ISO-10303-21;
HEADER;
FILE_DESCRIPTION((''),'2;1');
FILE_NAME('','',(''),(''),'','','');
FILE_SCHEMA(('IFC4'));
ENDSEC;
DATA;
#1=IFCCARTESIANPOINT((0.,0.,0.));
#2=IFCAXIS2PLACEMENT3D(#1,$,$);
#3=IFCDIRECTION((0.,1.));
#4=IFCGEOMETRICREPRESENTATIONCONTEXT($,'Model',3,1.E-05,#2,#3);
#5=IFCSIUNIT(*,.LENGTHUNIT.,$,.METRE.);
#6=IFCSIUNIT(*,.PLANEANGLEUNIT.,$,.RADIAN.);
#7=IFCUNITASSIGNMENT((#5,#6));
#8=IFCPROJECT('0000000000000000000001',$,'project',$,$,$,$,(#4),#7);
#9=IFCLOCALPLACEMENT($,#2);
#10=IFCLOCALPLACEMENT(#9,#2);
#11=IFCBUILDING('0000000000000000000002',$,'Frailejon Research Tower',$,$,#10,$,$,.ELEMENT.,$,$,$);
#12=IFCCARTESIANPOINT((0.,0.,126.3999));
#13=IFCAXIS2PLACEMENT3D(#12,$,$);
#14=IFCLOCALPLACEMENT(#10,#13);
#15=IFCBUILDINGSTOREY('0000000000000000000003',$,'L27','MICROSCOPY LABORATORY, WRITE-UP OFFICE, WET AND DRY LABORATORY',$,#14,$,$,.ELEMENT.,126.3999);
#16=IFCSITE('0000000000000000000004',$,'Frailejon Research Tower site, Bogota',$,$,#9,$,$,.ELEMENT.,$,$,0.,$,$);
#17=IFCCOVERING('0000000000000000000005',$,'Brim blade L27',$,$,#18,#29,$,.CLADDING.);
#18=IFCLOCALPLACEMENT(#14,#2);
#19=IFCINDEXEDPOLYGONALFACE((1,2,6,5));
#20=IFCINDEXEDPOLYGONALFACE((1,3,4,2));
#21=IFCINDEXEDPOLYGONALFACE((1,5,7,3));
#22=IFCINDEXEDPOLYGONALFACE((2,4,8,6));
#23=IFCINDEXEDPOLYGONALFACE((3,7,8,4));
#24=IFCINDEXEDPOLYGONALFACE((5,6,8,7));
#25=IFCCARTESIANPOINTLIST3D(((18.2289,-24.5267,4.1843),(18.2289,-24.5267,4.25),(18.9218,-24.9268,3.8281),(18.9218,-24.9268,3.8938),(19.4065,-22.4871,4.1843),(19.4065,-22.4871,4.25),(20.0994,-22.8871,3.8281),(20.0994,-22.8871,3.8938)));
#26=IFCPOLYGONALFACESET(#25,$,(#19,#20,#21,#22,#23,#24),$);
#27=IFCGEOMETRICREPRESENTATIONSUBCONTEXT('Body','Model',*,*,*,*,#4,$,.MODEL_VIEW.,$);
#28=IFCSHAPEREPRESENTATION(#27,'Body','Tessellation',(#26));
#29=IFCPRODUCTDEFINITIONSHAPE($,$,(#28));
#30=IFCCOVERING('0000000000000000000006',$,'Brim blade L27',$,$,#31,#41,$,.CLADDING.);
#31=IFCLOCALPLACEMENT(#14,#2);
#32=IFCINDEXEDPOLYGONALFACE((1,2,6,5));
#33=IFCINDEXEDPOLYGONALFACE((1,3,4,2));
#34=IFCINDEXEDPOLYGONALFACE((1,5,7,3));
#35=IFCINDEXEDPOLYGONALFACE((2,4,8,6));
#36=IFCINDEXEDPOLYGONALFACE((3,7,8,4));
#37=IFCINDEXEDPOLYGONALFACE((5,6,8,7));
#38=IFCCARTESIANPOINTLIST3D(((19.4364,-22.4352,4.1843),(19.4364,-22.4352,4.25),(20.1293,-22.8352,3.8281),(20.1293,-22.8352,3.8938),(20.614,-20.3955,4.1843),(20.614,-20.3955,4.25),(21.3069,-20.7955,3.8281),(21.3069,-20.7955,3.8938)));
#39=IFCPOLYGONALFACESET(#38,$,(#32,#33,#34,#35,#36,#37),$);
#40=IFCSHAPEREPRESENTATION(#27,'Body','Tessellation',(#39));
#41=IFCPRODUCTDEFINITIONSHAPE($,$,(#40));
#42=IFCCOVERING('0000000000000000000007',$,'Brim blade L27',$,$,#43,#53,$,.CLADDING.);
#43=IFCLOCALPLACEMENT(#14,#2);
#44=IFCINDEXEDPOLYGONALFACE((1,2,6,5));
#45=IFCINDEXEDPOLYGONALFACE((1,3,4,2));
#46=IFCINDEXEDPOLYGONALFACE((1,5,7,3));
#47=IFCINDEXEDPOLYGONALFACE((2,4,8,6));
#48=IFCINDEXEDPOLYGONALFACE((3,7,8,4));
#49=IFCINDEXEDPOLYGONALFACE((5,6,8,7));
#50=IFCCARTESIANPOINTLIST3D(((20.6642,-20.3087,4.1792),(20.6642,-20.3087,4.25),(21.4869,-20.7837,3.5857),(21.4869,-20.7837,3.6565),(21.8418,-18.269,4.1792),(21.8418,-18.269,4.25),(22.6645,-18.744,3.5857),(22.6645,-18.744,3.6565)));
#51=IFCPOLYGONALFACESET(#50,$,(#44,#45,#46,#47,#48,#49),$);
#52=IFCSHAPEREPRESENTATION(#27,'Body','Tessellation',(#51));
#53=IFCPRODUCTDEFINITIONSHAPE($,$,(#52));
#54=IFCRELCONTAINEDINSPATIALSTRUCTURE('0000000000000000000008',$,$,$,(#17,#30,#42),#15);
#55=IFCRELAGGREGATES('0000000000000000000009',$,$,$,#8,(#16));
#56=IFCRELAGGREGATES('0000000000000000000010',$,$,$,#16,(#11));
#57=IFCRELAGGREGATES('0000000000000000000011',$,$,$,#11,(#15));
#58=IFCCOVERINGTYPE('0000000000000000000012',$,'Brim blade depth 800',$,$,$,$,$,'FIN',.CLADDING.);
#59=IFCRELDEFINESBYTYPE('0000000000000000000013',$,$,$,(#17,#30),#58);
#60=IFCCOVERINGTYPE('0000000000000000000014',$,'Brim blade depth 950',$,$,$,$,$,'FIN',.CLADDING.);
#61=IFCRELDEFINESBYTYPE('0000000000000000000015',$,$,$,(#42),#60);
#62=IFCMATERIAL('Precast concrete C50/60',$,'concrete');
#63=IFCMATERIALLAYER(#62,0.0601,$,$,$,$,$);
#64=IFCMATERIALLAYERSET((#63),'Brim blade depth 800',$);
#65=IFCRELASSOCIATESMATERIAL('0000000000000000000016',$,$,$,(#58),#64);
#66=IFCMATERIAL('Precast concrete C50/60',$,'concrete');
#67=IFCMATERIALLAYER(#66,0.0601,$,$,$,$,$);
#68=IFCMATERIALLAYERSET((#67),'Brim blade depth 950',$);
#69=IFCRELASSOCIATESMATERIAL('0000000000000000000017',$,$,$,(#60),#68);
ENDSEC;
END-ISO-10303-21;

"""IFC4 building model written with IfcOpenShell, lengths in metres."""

from ifc_helpers import new_model, si_unit, direction, frame, origin, place, context, subcontext, project, spatial, polyline, outline, extrude, material, layer, layer_set, type_object, element, save


model = new_model("IFC4")

# Units and contexts
model_context = context("Model", 3, precision=1e-05, world=origin(), true_north=direction((0.0, 1.0)))
body_context = subcontext(model_context, "Body", "Model", "MODEL_VIEW")
ifc_project = project(units=[si_unit("LENGTHUNIT", "METRE"), si_unit("PLANEANGLEUNIT", "RADIAN")], contexts=[model_context])

# Site, building, storey
site_placement = place(None, origin())
site = spatial("IfcSite", under=ifc_project, at=site_placement, Name="Frailejon Research Tower site, Bogota", CompositionType="ELEMENT", RefElevation=0.0)
building_placement = place(site_placement, origin())
building = spatial("IfcBuilding", under=site, at=building_placement, Name="Frailejon Research Tower", CompositionType="ELEMENT")
storey_placement = place(building_placement, frame((0.0, 0.0, 126.3999)))
storey = spatial("IfcBuildingStorey", under=building, at=storey_placement, Name="L27", Description="MICROSCOPY LABORATORY, WRITE-UP OFFICE, WET AND DRY LABORATORY", CompositionType="ELEMENT", Elevation=126.3999)

# Coverings
ifc_material_1 = material(Name="Precast concrete C50/60", Category="concrete")
ifc_layer_1 = layer(ifc_material_1, 0.0601)
ifc_layer_set_1 = layer_set([ifc_layer_1], Name="Brim blade depth 800")
covering_type_1 = type_object("IfcCoveringType", Name="Brim blade depth 800", ElementType="FIN", PredefinedType="CLADDING", material=ifc_layer_set_1)
for number, where, z_axis, x_axis, name in (
    (1, (19.4065, -22.4871, 4.25), (-0.499997, -0.866027, 0.0), (0.866027, -0.499997, 0.0), "Brim blade L27"),
    (2, (20.614, -20.3955, 4.25), (-0.499997, -0.866027, 0.0), (0.866027, -0.499997, 0.0), "Brim blade L27"),
):
    element("IfcCovering", number, at=place(storey_placement, frame(where, z_axis=z_axis, x_axis=x_axis)), inside=storey, type_object=covering_type_1, Name=name, PredefinedType="CLADDING", context=body_context, shape_type="SweptSolid", body=[
        extrude(outline(polyline([(0.0, -0.0657), (0.8, -0.4219), (0.8, -0.3562), (0.0, 0.0), (0.0, -0.0657)])), origin(), (0.0, 0.0, 1.0), 2.3552),
    ])
ifc_material_2 = material(Name="Precast concrete C50/60", Category="concrete")
ifc_layer_2 = layer(ifc_material_2, 0.0601)
ifc_layer_set_2 = layer_set([ifc_layer_2], Name="Brim blade depth 950")
covering_type_2 = type_object("IfcCoveringType", Name="Brim blade depth 950", ElementType="FIN", PredefinedType="CLADDING", material=ifc_layer_set_2)
covering_1_placement = place(storey_placement, frame((21.8418, -18.269, 4.25), z_axis=(-0.499997, -0.866027, 0.0), x_axis=(0.866027, -0.499997, 0.0)))
element("IfcCovering", 3, at=covering_1_placement, inside=storey, type_object=covering_type_2, Name="Brim blade L27", PredefinedType="CLADDING", context=body_context, shape_type="SweptSolid", body=[
    extrude(outline(polyline([(0.0, -0.0708), (0.95, -0.6643), (0.95, -0.5935), (0.0, 0.0), (0.0, -0.0708)])), origin(), (0.0, 0.0, 1.0), 2.3552),
])

save(model, "model.ifc")
